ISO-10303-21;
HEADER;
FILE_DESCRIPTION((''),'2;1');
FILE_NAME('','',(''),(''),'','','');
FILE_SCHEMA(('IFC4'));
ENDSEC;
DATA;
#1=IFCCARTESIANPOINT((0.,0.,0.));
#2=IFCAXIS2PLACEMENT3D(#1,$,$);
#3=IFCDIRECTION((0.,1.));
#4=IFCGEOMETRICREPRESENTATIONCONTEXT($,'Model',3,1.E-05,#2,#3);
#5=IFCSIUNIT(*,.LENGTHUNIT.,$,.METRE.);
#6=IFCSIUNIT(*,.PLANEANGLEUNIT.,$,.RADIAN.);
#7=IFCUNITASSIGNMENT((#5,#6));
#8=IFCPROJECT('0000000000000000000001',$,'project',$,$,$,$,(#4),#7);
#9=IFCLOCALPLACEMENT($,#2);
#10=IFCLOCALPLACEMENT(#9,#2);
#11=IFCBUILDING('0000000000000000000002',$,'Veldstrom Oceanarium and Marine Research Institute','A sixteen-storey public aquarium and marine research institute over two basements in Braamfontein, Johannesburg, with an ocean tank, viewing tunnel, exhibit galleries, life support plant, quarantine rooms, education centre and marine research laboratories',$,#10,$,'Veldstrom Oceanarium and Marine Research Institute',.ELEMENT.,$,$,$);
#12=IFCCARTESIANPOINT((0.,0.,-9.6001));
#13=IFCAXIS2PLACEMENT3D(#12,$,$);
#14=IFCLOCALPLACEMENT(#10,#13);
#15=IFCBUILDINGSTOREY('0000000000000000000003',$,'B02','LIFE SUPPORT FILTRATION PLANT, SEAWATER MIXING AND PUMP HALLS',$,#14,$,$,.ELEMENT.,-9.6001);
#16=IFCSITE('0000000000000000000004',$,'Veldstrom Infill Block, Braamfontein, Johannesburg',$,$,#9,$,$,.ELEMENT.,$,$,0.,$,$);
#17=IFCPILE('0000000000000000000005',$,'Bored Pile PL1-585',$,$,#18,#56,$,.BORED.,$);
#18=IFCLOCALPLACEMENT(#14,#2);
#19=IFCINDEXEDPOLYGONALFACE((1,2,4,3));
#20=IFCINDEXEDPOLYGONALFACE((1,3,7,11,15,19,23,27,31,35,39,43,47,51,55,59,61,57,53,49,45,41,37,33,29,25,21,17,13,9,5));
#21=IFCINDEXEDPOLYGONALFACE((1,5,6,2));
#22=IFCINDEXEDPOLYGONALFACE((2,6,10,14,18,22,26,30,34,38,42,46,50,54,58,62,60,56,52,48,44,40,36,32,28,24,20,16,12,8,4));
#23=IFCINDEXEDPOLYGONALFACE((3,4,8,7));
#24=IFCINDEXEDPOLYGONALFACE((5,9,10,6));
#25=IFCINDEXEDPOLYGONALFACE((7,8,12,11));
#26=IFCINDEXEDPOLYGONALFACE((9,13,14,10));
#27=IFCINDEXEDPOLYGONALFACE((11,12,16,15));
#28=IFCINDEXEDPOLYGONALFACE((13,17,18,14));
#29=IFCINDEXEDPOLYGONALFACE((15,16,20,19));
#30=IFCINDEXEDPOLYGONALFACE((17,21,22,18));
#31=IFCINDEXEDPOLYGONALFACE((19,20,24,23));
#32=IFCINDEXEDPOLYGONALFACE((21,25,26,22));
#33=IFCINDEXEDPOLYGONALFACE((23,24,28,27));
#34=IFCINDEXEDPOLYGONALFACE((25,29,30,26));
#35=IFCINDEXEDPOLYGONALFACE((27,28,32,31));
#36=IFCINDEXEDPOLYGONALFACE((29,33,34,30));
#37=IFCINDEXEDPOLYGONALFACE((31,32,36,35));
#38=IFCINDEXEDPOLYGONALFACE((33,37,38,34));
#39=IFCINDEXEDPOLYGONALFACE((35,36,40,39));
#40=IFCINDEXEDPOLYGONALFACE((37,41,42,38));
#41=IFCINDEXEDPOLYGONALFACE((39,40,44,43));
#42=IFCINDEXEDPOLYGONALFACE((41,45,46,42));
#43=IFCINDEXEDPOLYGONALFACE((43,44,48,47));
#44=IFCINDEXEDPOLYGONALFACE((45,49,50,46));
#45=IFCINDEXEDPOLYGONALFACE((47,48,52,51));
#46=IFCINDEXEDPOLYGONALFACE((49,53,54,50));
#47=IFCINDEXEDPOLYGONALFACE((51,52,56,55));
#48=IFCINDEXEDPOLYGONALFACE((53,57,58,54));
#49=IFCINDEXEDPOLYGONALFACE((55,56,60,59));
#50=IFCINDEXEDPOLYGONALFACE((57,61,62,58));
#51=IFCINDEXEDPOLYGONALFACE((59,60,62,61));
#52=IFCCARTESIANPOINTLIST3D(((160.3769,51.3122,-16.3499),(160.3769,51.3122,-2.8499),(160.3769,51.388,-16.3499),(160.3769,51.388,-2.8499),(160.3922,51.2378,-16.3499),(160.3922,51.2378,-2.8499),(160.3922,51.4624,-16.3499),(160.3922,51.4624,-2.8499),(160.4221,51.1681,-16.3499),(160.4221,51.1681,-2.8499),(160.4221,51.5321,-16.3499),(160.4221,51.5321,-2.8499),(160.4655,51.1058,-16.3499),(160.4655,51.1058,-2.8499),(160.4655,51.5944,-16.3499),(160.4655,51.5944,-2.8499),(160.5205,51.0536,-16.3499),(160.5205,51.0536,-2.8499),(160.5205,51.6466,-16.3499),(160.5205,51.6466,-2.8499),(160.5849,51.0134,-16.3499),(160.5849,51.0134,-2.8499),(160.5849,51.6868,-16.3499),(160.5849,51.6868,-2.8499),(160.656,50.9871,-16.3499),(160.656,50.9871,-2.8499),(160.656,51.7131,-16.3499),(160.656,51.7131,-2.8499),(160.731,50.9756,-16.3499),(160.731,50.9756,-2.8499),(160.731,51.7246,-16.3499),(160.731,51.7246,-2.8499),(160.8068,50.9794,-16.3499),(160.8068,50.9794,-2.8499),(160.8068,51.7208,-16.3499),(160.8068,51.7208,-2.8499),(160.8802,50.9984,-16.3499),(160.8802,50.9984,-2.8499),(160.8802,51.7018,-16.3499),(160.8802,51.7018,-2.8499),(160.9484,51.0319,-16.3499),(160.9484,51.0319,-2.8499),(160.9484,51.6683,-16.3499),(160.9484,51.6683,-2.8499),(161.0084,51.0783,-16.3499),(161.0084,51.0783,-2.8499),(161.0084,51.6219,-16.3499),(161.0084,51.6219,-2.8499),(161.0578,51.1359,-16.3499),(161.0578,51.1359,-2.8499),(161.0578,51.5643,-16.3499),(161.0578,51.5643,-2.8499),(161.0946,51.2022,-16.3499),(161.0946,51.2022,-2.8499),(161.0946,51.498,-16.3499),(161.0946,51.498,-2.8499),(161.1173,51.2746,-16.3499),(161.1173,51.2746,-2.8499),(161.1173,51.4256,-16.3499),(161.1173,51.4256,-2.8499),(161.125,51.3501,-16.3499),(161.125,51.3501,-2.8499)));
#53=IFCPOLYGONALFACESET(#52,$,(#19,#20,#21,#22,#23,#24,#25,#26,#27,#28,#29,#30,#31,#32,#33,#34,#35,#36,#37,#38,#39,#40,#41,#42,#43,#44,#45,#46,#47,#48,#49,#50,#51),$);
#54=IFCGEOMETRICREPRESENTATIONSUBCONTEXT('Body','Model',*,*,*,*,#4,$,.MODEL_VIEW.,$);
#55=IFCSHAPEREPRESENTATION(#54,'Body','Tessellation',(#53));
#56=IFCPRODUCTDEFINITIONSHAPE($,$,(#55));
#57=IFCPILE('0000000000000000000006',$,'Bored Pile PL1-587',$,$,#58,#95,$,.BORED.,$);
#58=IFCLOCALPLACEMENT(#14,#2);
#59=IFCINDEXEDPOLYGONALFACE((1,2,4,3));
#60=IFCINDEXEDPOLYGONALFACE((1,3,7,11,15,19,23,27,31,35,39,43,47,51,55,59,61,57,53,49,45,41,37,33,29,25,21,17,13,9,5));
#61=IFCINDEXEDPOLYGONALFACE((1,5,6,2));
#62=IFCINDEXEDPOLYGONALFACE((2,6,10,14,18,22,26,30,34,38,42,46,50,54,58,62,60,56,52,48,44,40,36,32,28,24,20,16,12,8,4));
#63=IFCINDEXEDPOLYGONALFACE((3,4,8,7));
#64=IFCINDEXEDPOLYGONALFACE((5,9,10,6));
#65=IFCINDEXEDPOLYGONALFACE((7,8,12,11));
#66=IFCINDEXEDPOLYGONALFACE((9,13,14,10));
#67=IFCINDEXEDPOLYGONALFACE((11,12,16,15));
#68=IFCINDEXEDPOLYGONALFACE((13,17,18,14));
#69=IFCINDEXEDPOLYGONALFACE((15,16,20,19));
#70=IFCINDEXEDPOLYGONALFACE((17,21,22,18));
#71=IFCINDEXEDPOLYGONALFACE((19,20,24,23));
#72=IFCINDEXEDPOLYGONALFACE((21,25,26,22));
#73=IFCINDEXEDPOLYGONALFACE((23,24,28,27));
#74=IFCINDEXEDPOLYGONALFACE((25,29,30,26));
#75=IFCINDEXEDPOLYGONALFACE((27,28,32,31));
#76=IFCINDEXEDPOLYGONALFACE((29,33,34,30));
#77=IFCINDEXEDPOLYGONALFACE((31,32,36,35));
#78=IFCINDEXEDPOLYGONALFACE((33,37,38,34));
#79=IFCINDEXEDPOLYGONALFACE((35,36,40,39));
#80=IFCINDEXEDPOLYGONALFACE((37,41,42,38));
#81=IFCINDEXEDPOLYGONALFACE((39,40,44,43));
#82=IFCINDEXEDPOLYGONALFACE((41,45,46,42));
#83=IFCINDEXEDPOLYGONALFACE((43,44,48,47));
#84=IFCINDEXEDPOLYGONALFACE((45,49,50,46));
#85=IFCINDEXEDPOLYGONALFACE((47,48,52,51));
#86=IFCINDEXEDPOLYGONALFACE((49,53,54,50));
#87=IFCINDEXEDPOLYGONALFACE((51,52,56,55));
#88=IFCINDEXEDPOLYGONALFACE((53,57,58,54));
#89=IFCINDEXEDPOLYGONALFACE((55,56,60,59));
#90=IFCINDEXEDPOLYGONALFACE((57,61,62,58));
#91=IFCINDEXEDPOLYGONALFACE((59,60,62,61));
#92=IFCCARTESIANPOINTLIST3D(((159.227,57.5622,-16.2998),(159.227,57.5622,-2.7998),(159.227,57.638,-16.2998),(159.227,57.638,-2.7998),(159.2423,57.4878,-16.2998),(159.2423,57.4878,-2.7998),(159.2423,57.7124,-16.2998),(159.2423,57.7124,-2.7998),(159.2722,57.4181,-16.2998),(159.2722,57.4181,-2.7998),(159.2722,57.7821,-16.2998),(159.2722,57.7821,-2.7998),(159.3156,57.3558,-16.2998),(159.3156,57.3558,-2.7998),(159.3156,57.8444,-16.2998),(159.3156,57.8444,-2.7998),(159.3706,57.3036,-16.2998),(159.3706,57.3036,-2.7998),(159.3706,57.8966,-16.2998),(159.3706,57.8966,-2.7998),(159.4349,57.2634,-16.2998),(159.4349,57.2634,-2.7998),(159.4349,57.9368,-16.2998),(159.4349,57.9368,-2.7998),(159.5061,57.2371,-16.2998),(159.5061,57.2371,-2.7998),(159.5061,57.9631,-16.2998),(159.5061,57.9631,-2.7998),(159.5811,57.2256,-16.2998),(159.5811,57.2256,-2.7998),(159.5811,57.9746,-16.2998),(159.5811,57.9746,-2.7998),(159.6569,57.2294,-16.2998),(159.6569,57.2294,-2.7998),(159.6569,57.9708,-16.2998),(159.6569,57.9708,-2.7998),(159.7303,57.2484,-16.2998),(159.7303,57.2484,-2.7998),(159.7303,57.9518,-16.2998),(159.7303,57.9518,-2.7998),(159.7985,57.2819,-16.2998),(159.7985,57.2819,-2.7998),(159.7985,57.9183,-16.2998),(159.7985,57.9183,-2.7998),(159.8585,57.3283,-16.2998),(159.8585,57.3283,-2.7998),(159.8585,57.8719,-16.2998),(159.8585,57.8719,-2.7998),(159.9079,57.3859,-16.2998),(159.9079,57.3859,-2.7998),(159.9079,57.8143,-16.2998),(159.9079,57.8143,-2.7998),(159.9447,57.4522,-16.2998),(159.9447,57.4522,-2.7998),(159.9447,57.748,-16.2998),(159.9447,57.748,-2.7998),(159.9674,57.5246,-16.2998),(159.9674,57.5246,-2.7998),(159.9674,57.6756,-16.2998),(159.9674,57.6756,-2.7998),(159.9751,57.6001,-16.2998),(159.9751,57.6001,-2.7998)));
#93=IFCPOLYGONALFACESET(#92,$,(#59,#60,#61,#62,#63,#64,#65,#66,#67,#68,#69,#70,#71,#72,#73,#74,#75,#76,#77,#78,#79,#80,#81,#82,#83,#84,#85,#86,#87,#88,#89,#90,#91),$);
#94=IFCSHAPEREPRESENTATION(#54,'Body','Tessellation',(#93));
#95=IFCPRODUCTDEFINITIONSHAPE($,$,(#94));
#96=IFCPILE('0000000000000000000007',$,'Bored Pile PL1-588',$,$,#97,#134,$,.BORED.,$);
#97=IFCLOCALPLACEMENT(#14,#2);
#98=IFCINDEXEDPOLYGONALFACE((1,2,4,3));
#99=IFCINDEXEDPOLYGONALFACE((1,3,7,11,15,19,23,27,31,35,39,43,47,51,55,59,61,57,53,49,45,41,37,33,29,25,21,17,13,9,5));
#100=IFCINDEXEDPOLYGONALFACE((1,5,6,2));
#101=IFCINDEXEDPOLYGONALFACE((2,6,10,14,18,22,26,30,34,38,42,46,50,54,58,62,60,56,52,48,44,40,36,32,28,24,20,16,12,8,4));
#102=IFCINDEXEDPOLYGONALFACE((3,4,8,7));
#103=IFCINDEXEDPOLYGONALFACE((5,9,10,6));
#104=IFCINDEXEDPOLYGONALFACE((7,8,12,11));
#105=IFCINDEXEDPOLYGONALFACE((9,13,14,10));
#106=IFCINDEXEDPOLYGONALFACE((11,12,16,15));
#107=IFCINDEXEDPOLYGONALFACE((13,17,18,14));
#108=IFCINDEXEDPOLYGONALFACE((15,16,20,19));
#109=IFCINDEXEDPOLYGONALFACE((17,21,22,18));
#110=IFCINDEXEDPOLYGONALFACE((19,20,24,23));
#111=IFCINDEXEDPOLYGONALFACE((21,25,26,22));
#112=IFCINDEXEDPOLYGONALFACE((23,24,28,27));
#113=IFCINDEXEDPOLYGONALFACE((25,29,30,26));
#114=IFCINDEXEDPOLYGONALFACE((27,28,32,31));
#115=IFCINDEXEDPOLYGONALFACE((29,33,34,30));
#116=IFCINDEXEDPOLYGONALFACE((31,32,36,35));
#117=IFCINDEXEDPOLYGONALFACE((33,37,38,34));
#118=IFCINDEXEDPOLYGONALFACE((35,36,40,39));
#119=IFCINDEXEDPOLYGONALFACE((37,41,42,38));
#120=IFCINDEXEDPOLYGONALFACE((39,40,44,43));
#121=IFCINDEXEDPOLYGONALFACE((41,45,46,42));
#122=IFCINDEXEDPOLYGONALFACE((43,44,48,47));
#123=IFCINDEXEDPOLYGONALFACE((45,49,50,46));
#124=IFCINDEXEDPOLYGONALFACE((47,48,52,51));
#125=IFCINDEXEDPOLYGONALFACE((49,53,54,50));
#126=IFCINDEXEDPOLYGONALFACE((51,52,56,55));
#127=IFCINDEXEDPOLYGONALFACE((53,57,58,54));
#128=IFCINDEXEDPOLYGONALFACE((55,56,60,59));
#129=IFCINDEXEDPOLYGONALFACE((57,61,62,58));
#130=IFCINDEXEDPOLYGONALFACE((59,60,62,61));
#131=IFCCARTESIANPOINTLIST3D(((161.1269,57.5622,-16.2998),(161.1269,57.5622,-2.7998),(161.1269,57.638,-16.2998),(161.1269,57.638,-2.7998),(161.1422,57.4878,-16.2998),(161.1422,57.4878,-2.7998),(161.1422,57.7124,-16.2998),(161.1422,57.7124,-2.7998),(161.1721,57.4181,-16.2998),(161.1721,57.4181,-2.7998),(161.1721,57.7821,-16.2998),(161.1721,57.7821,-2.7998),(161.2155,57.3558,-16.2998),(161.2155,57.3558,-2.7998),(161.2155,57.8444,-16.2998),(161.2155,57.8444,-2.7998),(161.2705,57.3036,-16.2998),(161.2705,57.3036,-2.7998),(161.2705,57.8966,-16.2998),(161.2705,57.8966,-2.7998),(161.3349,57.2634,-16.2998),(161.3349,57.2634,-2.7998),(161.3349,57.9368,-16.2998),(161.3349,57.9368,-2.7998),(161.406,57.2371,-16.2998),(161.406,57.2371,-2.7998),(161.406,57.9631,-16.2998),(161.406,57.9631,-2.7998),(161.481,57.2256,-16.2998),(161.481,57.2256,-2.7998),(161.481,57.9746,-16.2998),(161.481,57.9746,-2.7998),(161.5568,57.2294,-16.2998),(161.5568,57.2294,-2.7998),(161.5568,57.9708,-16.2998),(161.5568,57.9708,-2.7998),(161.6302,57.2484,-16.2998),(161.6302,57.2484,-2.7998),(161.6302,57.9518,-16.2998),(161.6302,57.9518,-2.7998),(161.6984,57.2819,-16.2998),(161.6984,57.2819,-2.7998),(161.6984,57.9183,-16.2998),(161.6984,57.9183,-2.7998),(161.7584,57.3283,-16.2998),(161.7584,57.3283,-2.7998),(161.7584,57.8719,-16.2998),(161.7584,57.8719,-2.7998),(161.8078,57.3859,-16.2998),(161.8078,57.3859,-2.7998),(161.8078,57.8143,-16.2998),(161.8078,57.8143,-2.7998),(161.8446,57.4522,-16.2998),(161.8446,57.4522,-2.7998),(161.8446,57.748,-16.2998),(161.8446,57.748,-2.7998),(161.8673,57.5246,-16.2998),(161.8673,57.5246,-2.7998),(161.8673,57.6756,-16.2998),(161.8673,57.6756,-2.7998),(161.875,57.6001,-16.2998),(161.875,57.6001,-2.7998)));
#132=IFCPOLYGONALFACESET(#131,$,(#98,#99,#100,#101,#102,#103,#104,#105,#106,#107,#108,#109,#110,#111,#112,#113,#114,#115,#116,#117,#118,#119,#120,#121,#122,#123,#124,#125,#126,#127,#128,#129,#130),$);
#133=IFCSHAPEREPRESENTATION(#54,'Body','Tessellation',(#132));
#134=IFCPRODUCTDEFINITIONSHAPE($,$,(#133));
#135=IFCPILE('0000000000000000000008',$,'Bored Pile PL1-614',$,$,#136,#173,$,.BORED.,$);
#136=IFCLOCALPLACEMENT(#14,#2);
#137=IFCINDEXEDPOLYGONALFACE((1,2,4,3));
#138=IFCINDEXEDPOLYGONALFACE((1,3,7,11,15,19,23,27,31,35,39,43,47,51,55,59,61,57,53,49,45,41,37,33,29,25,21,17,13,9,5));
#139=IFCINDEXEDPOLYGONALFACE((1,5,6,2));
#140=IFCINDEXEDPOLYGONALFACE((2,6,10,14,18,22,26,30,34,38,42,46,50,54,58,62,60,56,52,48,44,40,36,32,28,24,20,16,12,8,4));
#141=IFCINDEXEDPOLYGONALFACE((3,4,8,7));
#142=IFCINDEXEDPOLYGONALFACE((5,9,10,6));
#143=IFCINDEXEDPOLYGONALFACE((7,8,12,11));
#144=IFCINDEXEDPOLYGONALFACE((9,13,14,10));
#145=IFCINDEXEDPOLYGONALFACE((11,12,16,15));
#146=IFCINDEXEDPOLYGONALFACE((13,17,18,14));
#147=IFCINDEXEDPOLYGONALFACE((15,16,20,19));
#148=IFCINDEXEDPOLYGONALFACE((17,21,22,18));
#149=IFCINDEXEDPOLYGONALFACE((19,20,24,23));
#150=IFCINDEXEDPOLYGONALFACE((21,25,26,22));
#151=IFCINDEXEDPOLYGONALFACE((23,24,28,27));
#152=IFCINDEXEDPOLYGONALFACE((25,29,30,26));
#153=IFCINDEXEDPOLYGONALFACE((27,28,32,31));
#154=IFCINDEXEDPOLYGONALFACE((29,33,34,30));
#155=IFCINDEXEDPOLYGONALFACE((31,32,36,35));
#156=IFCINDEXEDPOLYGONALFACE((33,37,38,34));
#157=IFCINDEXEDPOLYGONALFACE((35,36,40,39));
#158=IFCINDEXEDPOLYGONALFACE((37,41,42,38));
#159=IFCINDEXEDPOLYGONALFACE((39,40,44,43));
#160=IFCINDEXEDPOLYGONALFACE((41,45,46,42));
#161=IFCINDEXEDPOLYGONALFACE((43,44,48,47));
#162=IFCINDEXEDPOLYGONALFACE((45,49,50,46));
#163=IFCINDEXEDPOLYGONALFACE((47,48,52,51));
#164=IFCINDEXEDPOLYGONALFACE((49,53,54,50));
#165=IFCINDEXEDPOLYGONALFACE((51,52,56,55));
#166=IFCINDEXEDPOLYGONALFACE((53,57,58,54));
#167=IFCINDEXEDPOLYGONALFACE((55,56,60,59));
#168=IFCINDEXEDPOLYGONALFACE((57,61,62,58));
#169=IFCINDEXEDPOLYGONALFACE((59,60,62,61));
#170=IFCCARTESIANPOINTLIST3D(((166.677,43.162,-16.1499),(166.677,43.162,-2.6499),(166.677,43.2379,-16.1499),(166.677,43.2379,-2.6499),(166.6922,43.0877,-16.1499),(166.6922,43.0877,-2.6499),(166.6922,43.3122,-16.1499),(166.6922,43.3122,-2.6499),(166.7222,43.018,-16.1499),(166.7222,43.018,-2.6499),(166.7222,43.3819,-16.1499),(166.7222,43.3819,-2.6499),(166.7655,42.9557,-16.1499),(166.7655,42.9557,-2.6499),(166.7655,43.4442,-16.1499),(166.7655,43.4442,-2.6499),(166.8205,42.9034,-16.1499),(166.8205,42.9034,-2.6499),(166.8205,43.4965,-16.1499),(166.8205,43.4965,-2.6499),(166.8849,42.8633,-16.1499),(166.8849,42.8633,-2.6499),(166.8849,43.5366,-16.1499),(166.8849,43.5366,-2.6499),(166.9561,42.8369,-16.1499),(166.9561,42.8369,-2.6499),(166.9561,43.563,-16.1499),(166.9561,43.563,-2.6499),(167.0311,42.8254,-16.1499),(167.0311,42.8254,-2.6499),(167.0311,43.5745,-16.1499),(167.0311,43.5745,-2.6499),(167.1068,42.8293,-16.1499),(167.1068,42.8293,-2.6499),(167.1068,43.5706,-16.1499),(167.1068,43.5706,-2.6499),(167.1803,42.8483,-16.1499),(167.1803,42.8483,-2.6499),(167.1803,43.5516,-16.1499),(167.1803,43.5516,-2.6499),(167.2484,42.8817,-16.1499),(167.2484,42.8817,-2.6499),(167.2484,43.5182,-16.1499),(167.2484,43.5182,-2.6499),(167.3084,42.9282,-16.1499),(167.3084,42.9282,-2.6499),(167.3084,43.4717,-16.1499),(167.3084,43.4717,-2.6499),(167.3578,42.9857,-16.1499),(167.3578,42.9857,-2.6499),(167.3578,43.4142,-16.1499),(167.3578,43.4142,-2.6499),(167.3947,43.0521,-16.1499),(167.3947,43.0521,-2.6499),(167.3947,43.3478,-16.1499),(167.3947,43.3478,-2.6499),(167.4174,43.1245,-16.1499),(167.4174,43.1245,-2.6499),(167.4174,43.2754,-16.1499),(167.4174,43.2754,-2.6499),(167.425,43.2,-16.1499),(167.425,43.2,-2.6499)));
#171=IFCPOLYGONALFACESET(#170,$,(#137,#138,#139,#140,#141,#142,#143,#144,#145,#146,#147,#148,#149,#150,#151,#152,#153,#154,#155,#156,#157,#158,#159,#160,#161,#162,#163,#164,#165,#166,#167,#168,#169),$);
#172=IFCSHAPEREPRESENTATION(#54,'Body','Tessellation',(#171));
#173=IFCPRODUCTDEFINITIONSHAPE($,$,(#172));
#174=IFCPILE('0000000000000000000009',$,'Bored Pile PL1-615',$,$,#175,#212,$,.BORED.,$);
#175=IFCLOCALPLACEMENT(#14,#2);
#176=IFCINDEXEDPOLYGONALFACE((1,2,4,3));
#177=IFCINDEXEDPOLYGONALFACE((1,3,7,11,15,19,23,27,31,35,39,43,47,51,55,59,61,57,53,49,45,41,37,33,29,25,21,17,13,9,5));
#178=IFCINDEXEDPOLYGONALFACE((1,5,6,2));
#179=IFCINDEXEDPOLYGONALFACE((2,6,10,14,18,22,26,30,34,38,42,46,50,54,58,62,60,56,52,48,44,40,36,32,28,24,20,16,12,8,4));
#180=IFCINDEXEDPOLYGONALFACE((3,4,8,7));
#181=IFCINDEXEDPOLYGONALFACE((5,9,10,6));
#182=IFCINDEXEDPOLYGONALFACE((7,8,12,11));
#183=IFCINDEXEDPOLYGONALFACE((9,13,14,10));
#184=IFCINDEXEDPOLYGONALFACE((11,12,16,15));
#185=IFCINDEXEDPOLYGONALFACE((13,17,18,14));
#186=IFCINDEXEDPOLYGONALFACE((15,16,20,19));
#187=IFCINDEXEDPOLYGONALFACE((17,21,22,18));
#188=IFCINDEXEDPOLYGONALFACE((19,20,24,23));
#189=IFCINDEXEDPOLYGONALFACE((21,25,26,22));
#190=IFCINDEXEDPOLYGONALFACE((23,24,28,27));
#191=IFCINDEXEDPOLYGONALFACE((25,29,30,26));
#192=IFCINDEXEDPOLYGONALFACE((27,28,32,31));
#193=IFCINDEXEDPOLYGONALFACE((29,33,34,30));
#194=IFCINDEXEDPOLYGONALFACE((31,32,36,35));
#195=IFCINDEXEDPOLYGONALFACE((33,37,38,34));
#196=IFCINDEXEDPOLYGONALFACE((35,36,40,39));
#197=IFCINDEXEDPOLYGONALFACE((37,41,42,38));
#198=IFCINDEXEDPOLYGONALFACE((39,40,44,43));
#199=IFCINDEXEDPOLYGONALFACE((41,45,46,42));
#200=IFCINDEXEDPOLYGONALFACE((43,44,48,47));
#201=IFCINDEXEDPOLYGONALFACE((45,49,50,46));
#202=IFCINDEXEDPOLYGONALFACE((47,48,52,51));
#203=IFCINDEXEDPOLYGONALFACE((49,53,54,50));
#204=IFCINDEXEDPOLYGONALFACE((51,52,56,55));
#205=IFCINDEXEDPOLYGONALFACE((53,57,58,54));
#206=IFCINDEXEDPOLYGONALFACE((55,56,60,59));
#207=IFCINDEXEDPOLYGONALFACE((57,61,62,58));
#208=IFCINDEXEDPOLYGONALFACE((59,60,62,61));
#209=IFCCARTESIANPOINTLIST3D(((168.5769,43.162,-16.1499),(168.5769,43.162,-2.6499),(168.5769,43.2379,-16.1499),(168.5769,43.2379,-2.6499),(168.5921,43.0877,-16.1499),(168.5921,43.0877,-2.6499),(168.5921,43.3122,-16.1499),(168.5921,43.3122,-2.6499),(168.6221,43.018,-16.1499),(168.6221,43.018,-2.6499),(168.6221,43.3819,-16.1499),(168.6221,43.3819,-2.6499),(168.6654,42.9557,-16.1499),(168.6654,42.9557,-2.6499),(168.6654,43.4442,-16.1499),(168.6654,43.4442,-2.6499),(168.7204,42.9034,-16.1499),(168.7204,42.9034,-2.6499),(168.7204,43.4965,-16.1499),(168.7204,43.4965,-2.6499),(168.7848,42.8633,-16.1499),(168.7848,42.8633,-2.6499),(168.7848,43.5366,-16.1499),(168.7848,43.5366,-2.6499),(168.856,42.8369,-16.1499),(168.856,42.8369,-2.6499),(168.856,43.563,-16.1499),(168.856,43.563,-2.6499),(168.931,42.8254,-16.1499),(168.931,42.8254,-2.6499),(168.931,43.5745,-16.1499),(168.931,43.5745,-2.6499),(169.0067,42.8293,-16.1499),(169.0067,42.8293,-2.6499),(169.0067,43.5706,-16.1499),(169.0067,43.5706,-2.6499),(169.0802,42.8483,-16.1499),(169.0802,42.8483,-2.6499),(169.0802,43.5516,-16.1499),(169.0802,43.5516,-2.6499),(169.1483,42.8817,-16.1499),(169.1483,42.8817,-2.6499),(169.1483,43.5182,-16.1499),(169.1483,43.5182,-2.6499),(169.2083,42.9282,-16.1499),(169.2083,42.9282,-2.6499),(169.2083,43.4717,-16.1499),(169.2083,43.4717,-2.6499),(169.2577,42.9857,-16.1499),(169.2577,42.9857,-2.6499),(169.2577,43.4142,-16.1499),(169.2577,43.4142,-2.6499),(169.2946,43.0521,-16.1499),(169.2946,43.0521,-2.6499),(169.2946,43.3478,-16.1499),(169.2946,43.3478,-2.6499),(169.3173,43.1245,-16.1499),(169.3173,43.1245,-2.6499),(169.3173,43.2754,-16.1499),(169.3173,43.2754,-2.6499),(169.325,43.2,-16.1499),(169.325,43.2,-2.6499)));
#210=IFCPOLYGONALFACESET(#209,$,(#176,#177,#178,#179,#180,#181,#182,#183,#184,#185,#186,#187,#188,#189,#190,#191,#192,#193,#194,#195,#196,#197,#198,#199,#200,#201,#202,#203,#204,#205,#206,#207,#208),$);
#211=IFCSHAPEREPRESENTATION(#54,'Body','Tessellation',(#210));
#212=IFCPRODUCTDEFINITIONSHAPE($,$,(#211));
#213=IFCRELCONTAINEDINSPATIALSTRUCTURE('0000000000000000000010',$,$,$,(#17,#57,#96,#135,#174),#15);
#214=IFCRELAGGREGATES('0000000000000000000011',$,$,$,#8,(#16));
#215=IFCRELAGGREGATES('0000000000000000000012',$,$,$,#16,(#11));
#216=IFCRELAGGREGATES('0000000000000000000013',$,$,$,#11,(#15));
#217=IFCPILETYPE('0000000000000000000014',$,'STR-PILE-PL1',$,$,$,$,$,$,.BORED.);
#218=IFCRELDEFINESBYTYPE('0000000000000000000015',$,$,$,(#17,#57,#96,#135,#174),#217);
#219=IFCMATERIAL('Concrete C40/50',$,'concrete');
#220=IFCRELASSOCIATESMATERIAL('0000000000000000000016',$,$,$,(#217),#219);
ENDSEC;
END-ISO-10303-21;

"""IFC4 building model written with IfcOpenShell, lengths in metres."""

from ifc_helpers import new_model, si_unit, direction, frame, origin, origin_2d, place, context, subcontext, project, spatial, circle, extrude, material, material_profile, profile_set, type_object, element, save


model = new_model("IFC4")

# Units and contexts
model_context = context("Model", 3, precision=1e-05, world=origin(), true_north=direction((0.0, 1.0)))
body_context = subcontext(model_context, "Body", "Model", "MODEL_VIEW")
ifc_project = project(units=[si_unit("LENGTHUNIT", "METRE"), si_unit("PLANEANGLEUNIT", "RADIAN")], contexts=[model_context])

# Site, building, storey
site_placement = place(None, origin())
site = spatial("IfcSite", under=ifc_project, at=site_placement, Name="Veldstrom Infill Block, Braamfontein, Johannesburg", CompositionType="ELEMENT", RefElevation=0.0)
building_placement = place(site_placement, origin())
building = spatial("IfcBuilding", under=site, at=building_placement, Name="Veldstrom Oceanarium and Marine Research Institute", Description="A sixteen-storey public aquarium and marine research institute over two basements in Braamfontein, Johannesburg, with an ocean tank, viewing tunnel, exhibit galleries, life support plant, quarantine rooms, education centre and marine research laboratories", LongName="Veldstrom Oceanarium and Marine Research Institute", CompositionType="ELEMENT")
storey_placement = place(building_placement, frame((0.0, 0.0, -9.6001)))
storey = spatial("IfcBuildingStorey", under=building, at=storey_placement, Name="B02", Description="LIFE SUPPORT FILTRATION PLANT, SEAWATER MIXING AND PUMP HALLS", CompositionType="ELEMENT", Elevation=-9.6001)

# Piles
ifc_material_1 = material(Name="Concrete C40/50", Category="concrete")
ifc_material_profile_1 = material_profile(ifc_material_1, circle(Radius=0.375, at=origin_2d()), Name="PILE-D750")
ifc_profile_set_1 = profile_set([ifc_material_profile_1], Name="Concrete C40/50")
pile_type = type_object("IfcPileType", Name="STR-PILE-PL1", PredefinedType="BORED", material=ifc_profile_set_1)
for number, where, z_axis, x_axis, name in (
    (1, (160.75, 51.3501, -2.8499), (0.0, 0.0, -1.0), (1.0, 0.0, 0.0), "Bored Pile PL1-585"),
    (2, (159.6001, 57.6001, -2.7998), (0.0, 0.0, -1.0), (1.0, 0.0, 0.0), "Bored Pile PL1-587"),
    (3, (161.5, 57.6001, -2.7998), (0.0, 0.0, -1.0), (1.0, 0.0, 0.0), "Bored Pile PL1-588"),
    (4, (167.05, 43.2, -2.6499), (0.0, 0.0, -1.0), (1.0, 0.0, 0.0), "Bored Pile PL1-614"),
    (5, (168.95, 43.2, -2.6499), (0.0, 0.0, -1.0), (1.0, 0.0, 0.0), "Bored Pile PL1-615"),
):
    element("IfcPile", number, at=place(storey_placement, frame(where, z_axis=z_axis, x_axis=x_axis)), inside=storey, type_object=pile_type, Name=name, PredefinedType="BORED", context=body_context, shape_type="SweptSolid", body=[
        extrude(circle(Radius=0.375, at=origin_2d()), origin(), (0.0, 0.0, 1.0), 13.5),
    ])

save(model, "model.ifc")
